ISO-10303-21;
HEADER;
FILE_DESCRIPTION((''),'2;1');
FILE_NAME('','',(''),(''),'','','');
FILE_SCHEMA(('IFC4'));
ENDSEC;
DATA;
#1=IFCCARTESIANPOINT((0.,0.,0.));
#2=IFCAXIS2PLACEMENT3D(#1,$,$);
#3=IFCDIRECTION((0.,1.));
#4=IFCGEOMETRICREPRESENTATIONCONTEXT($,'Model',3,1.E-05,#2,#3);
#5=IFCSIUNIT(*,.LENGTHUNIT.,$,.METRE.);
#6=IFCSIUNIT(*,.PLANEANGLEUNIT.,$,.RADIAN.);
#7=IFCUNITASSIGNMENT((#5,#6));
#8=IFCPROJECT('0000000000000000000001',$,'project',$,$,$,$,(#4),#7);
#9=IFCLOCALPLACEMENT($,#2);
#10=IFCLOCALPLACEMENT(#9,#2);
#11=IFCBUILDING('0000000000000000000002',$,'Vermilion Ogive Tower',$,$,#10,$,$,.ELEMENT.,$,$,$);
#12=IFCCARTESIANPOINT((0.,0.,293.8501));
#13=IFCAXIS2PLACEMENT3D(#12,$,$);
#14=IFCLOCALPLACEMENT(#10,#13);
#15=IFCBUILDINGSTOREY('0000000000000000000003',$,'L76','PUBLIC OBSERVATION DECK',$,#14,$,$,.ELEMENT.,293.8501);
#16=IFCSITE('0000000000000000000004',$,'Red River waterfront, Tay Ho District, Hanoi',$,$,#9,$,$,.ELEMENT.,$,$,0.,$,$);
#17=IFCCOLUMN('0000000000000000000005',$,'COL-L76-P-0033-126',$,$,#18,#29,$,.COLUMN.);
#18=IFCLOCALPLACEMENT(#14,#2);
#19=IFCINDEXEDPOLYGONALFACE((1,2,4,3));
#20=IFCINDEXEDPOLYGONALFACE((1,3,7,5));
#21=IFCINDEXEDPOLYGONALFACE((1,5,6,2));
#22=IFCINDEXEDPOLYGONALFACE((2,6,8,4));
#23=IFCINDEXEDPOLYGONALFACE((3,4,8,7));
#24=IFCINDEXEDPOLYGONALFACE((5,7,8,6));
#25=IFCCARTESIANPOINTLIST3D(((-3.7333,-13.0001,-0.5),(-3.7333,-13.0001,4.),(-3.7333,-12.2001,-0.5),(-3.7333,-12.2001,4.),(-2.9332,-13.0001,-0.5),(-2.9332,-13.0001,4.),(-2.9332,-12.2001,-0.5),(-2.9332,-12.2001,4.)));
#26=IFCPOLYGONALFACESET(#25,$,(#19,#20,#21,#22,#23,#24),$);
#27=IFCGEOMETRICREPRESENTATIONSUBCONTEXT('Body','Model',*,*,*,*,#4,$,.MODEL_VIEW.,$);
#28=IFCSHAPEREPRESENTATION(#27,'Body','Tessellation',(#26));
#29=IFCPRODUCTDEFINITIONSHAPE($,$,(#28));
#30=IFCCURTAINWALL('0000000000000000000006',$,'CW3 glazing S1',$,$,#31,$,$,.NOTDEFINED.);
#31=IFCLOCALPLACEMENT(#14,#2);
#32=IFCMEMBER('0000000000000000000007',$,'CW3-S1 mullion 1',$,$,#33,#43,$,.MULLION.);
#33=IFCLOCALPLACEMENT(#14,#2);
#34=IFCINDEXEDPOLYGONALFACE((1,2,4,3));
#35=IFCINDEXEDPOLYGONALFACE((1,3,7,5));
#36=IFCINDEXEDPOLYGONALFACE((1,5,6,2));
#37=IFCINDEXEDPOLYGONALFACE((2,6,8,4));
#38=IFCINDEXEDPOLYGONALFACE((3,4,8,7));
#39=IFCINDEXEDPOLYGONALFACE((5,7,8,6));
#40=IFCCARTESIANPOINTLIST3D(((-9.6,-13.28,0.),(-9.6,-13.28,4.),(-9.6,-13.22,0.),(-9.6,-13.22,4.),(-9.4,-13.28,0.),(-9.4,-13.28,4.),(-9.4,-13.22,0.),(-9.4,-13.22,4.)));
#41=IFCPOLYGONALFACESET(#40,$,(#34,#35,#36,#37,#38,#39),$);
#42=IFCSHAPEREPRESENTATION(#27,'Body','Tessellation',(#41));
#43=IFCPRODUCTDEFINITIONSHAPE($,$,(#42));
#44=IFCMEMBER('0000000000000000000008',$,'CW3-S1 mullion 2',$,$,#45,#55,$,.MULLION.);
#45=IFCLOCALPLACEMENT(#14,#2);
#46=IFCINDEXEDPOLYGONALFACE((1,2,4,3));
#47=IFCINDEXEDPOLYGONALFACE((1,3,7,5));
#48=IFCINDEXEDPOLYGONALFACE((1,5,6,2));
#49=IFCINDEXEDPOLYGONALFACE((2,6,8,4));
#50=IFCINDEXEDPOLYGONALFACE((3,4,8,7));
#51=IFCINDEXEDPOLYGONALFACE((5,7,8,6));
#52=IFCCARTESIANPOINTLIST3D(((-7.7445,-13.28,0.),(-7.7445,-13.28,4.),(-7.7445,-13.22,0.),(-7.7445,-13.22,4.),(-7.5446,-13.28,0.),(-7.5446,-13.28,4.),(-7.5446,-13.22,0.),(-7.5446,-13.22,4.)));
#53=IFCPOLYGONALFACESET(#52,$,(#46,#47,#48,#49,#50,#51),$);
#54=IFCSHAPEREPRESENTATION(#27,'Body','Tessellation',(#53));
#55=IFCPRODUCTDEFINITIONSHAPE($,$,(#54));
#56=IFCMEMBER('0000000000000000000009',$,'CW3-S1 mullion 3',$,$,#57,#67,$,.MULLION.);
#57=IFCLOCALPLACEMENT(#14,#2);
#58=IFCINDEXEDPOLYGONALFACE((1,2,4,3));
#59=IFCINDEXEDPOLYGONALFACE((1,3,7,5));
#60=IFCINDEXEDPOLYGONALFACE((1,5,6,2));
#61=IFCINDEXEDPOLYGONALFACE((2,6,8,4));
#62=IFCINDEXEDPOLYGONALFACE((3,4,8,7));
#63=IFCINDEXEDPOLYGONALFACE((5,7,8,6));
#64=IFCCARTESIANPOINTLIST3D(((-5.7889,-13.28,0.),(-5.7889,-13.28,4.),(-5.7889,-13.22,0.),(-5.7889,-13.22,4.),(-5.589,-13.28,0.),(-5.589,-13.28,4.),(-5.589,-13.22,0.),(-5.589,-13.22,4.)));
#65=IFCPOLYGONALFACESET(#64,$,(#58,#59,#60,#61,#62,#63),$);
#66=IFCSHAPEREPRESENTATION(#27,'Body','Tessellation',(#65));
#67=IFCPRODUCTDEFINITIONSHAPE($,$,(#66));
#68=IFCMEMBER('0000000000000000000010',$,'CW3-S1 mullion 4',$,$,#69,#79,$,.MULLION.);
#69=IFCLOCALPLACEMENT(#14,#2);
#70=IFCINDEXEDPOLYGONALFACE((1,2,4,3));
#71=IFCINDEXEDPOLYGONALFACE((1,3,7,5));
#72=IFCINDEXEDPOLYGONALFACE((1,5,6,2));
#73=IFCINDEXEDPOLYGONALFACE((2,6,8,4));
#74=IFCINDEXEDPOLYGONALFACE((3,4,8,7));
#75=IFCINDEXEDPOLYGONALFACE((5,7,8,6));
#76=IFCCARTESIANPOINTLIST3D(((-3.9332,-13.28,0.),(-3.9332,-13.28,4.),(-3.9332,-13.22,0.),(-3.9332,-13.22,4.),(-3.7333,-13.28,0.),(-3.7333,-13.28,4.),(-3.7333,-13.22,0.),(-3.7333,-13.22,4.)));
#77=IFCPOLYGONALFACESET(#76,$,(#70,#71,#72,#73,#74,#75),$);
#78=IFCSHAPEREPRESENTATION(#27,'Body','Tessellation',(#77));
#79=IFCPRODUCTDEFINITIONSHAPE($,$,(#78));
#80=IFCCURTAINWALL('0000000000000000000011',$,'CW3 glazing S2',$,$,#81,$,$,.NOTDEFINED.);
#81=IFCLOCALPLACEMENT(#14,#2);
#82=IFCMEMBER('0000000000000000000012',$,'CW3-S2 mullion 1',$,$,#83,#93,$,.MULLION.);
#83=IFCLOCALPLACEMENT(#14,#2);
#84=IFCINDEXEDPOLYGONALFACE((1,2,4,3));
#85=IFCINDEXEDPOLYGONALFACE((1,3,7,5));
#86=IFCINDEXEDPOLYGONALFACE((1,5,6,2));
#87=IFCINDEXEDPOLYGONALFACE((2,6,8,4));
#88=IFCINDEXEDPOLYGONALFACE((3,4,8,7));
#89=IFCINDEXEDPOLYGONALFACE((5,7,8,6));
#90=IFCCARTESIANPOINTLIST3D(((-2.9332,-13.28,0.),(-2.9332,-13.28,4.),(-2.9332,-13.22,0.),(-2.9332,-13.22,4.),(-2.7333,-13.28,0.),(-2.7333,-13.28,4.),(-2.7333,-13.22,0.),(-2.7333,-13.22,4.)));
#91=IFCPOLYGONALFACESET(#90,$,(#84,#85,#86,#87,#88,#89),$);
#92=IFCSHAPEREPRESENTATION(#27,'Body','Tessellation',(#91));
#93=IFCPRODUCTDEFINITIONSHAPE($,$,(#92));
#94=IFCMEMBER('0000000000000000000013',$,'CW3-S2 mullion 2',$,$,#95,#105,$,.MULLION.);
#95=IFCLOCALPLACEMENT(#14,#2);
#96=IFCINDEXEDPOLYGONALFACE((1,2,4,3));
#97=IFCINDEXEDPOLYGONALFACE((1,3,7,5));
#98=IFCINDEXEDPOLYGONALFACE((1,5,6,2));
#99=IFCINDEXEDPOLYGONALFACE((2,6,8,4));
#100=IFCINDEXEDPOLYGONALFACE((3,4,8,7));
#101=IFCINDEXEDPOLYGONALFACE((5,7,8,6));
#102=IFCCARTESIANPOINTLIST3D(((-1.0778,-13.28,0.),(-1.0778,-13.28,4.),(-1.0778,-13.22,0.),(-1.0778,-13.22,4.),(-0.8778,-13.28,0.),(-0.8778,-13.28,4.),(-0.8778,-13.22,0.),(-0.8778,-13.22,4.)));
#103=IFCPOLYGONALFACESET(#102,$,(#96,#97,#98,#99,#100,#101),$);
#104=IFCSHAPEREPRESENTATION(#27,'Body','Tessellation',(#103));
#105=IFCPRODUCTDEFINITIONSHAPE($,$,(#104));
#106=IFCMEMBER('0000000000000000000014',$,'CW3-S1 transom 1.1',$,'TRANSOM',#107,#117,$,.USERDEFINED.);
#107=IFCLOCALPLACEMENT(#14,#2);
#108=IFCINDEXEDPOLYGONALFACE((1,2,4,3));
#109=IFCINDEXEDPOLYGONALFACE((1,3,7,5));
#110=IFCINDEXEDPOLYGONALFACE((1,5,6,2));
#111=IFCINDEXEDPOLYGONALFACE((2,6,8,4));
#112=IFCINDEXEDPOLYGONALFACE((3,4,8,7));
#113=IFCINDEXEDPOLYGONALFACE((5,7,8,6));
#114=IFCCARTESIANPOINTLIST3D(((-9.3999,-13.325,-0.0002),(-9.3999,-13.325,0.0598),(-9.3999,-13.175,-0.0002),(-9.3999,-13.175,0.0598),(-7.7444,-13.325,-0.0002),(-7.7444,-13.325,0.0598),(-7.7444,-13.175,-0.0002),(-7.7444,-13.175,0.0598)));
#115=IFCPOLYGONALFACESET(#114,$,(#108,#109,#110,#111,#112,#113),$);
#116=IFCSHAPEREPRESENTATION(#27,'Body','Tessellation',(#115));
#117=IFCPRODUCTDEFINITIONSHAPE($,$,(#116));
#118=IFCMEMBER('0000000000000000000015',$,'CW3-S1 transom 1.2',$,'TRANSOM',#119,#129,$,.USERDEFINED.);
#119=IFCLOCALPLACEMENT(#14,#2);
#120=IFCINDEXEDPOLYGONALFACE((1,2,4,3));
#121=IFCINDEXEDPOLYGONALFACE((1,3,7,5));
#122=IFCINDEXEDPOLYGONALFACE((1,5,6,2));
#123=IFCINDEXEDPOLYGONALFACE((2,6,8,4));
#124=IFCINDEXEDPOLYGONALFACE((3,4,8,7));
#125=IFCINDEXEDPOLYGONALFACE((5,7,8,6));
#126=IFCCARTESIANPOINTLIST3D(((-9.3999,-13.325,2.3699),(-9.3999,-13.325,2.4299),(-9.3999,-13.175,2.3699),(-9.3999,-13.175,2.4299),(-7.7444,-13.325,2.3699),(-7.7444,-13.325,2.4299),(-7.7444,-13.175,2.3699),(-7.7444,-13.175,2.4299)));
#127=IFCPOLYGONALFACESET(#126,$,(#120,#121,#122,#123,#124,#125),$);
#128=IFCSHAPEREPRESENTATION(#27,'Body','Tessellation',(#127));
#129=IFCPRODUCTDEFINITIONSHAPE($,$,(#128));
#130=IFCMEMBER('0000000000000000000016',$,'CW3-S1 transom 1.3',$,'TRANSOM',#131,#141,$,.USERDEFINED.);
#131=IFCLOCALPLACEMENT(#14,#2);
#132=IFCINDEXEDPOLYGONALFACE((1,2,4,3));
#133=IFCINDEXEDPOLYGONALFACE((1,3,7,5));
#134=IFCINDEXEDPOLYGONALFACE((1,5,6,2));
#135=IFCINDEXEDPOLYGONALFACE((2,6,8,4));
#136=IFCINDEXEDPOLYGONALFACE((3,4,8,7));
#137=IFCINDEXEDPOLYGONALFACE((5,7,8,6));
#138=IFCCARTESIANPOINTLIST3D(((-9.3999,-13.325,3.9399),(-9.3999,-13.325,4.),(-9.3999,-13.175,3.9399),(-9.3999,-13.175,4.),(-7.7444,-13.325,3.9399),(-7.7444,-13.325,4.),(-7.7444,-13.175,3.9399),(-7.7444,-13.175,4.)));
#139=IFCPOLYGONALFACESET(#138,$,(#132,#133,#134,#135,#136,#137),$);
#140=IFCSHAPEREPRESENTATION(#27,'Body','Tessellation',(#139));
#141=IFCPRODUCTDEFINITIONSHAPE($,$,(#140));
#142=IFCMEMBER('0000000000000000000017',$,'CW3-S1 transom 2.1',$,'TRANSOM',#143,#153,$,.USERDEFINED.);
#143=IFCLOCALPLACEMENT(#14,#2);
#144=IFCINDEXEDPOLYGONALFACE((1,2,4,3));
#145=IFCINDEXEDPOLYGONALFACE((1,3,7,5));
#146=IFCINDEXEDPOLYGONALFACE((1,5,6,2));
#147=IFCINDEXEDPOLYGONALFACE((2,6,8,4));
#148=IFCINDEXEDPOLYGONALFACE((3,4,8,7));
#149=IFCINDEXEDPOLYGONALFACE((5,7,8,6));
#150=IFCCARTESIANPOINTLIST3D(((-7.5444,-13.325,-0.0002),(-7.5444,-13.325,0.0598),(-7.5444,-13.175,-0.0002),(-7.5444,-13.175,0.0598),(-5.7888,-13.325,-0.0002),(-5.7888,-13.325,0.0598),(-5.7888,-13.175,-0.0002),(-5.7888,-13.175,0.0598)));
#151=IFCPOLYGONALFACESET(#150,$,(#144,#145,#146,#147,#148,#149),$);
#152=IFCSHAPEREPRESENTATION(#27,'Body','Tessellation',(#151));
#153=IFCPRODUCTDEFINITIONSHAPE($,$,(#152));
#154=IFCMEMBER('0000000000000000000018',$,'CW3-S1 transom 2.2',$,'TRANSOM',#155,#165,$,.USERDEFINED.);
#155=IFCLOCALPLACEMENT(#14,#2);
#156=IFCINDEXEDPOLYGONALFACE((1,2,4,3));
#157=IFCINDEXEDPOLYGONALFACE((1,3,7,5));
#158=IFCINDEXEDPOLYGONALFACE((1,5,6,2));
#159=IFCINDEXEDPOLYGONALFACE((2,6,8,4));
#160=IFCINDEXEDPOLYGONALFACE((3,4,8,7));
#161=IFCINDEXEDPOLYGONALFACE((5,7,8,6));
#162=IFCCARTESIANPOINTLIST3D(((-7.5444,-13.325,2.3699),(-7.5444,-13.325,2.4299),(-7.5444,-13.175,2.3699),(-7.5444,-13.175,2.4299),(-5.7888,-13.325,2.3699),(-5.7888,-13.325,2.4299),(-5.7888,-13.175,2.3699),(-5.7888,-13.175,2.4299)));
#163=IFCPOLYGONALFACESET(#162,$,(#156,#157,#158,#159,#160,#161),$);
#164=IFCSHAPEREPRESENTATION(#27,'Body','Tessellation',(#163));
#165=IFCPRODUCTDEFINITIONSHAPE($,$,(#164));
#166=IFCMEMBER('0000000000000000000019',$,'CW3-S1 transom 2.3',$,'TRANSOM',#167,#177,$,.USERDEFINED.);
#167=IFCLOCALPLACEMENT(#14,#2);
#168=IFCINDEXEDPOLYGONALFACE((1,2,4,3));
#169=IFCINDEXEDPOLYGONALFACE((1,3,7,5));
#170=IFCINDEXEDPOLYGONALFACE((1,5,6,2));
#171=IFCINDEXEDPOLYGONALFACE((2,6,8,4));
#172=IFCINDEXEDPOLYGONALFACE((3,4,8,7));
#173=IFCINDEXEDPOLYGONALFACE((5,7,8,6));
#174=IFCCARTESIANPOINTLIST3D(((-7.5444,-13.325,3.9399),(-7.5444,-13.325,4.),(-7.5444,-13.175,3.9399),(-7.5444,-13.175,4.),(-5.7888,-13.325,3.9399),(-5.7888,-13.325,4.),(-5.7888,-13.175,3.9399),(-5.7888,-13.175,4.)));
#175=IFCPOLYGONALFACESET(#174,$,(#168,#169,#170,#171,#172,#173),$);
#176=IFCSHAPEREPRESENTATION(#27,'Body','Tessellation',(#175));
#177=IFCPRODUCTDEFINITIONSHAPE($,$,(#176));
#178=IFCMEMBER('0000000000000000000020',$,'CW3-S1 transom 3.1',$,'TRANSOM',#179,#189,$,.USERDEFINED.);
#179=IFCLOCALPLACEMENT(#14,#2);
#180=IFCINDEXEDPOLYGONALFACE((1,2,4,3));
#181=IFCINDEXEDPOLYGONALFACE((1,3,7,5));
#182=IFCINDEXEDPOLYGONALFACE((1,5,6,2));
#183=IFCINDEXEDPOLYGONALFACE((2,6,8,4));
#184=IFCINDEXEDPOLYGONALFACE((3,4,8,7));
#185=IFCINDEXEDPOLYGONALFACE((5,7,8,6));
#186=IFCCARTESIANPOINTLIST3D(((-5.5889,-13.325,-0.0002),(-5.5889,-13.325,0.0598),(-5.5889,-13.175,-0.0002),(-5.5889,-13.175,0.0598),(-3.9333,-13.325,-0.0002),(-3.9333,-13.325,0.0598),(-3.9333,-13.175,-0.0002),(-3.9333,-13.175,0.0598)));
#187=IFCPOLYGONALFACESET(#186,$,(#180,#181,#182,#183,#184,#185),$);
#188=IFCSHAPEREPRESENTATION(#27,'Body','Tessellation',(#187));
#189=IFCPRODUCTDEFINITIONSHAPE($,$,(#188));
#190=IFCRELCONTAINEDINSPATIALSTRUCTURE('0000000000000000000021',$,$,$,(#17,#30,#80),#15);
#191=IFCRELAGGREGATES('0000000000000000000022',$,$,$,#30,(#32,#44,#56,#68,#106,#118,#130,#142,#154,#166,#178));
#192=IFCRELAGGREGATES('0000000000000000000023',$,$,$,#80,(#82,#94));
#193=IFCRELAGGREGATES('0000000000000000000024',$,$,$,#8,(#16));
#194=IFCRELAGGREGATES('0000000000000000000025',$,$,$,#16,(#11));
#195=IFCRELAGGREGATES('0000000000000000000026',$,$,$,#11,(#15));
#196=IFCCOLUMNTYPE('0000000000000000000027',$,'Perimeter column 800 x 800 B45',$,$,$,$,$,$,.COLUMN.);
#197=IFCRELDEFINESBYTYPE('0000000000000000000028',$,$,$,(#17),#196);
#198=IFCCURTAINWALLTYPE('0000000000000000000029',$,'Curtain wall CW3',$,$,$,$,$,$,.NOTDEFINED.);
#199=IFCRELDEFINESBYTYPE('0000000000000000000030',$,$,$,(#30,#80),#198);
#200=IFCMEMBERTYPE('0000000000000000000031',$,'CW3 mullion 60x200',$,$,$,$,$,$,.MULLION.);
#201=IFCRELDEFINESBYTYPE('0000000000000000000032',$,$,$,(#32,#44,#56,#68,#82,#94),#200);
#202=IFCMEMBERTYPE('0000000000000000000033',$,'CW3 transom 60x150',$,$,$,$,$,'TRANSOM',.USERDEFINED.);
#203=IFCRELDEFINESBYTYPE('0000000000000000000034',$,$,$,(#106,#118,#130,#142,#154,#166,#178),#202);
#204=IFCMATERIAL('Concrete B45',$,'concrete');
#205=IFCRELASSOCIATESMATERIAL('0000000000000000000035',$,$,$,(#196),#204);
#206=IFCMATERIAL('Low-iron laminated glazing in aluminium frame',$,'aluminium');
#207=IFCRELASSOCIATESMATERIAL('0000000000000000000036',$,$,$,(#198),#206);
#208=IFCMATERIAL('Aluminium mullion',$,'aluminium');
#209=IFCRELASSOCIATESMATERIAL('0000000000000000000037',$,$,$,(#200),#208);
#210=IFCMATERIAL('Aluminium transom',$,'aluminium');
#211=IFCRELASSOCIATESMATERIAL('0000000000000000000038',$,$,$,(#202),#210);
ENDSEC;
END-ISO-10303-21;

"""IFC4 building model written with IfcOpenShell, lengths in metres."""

from ifc_helpers import new_model, si_unit, direction, frame, origin, origin_2d, place, context, subcontext, project, spatial, rectangle, extrude, material, material_profile, profile_set, type_object, element, aggregate, save


model = new_model("IFC4")

# Units and contexts
model_context = context("Model", 3, precision=1e-05, world=origin(), true_north=direction((0.0, 1.0)))
body_context = subcontext(model_context, "Body", "Model", "MODEL_VIEW")
ifc_project = project(units=[si_unit("LENGTHUNIT", "METRE"), si_unit("PLANEANGLEUNIT", "RADIAN")], contexts=[model_context])

# Site, building, storey
site_placement = place(None, origin())
site = spatial("IfcSite", under=ifc_project, at=site_placement, Name="Red River waterfront, Tay Ho District, Hanoi", CompositionType="ELEMENT", RefElevation=0.0)
building_placement = place(site_placement, origin())
building = spatial("IfcBuilding", under=site, at=building_placement, Name="Vermilion Ogive Tower", CompositionType="ELEMENT")
storey_placement = place(building_placement, frame((0.0, 0.0, 293.8501)))
storey = spatial("IfcBuildingStorey", under=building, at=storey_placement, Name="L76", Description="PUBLIC OBSERVATION DECK", CompositionType="ELEMENT", Elevation=293.8501)

# Column
ifc_material_1 = material(Name="Concrete B45", Category="concrete")
ifc_material_profile_1 = material_profile(ifc_material_1, rectangle(XDim=0.8, YDim=0.8, at=origin_2d()), Name="800 x 800")
ifc_profile_set_1 = profile_set([ifc_material_profile_1], Name="Concrete B45")
column_type = type_object("IfcColumnType", Name="Perimeter column 800 x 800 B45", PredefinedType="COLUMN", material=ifc_profile_set_1)
column_placement = place(storey_placement, frame((-3.3333, -12.6001, -0.5), z_axis=(0.0, 0.0, 1.0), x_axis=(1.0, 0.0, 0.0)))
element("IfcColumn", 1, at=column_placement, inside=storey, type_object=column_type, Name="COL-L76-P-0033-126", PredefinedType="COLUMN", context=body_context, shape_type="SweptSolid", body=[
    extrude(rectangle(XDim=0.8, YDim=0.8, at=origin_2d()), origin(), (0.0, 0.0, 1.0), 4.5),
])

# Curtain walls, members
ifc_material_2 = material(Name="Low-iron laminated glazing in aluminium frame", Category="aluminium")
curtain_wall_type = type_object("IfcCurtainWallType", Name="Curtain wall CW3", PredefinedType="NOTDEFINED", material=ifc_material_2)
curtain_wall_1_placement = place(storey_placement, origin())
curtain_wall_1 = element("IfcCurtainWall", 2, at=curtain_wall_1_placement, inside=storey, type_object=curtain_wall_type, Name="CW3 glazing S1", PredefinedType="NOTDEFINED")
ifc_material_3 = material(Name="Aluminium mullion", Category="aluminium")
ifc_material_profile_2 = material_profile(ifc_material_3, rectangle(XDim=0.0601, YDim=0.2, at=origin_2d()), Name="AL 60x200")
ifc_profile_set_2 = profile_set([ifc_material_profile_2], Name="Aluminium mullion")
member_type_1 = type_object("IfcMemberType", Name="CW3 mullion 60x200", PredefinedType="MULLION", material=ifc_profile_set_2)
member_1_placement = place(storey_placement, frame((-9.5, -13.25, 0.0), z_axis=(0.0, 0.0, 1.0), x_axis=(0.0, 1.0, 0.0)))
member_1 = element("IfcMember", 3, at=member_1_placement, type_object=member_type_1, Name="CW3-S1 mullion 1", PredefinedType="MULLION", context=body_context, shape_type="SweptSolid", body=[
    extrude(rectangle(XDim=0.0601, YDim=0.2, at=origin_2d()), origin(), (0.0, 0.0, 1.0), 4.0),
])
member_2_placement = place(storey_placement, frame((-7.6445, -13.25, 0.0), z_axis=(0.0, 0.0, 1.0), x_axis=(0.0, 1.0, 0.0)))
member_2 = element("IfcMember", 4, at=member_2_placement, type_object=member_type_1, Name="CW3-S1 mullion 2", PredefinedType="MULLION", context=body_context, shape_type="SweptSolid", body=[
    extrude(rectangle(XDim=0.0601, YDim=0.2, at=origin_2d()), origin(), (0.0, 0.0, 1.0), 4.0),
])
member_3_placement = place(storey_placement, frame((-5.689, -13.25, 0.0), z_axis=(0.0, 0.0, 1.0), x_axis=(0.0, 1.0, 0.0)))
member_3 = element("IfcMember", 5, at=member_3_placement, type_object=member_type_1, Name="CW3-S1 mullion 3", PredefinedType="MULLION", context=body_context, shape_type="SweptSolid", body=[
    extrude(rectangle(XDim=0.0601, YDim=0.2, at=origin_2d()), origin(), (0.0, 0.0, 1.0), 4.0),
])
member_4_placement = place(storey_placement, frame((-3.8333, -13.25, 0.0), z_axis=(0.0, 0.0, 1.0), x_axis=(0.0, 1.0, 0.0)))
member_4 = element("IfcMember", 6, at=member_4_placement, type_object=member_type_1, Name="CW3-S1 mullion 4", PredefinedType="MULLION", context=body_context, shape_type="SweptSolid", body=[
    extrude(rectangle(XDim=0.0601, YDim=0.2, at=origin_2d()), origin(), (0.0, 0.0, 1.0), 4.0),
])
curtain_wall_2_placement = place(storey_placement, origin())
curtain_wall_2 = element("IfcCurtainWall", 7, at=curtain_wall_2_placement, inside=storey, type_object=curtain_wall_type, Name="CW3 glazing S2", PredefinedType="NOTDEFINED")
member_5_placement = place(storey_placement, frame((-2.8333, -13.25, 0.0), z_axis=(0.0, 0.0, 1.0), x_axis=(0.0, 1.0, 0.0)))
member_5 = element("IfcMember", 8, at=member_5_placement, type_object=member_type_1, Name="CW3-S2 mullion 1", PredefinedType="MULLION", context=body_context, shape_type="SweptSolid", body=[
    extrude(rectangle(XDim=0.0601, YDim=0.2, at=origin_2d()), origin(), (0.0, 0.0, 1.0), 4.0),
])
member_6_placement = place(storey_placement, frame((-0.9778, -13.25, 0.0), z_axis=(0.0, 0.0, 1.0), x_axis=(0.0, 1.0, 0.0)))
member_6 = element("IfcMember", 9, at=member_6_placement, type_object=member_type_1, Name="CW3-S2 mullion 2", PredefinedType="MULLION", context=body_context, shape_type="SweptSolid", body=[
    extrude(rectangle(XDim=0.0601, YDim=0.2, at=origin_2d()), origin(), (0.0, 0.0, 1.0), 4.0),
])

# Members
ifc_material_4 = material(Name="Aluminium transom", Category="aluminium")
ifc_material_profile_3 = material_profile(ifc_material_4, rectangle(XDim=0.1499, YDim=0.0601, at=origin_2d()), Name="AL 60x150")
ifc_profile_set_3 = profile_set([ifc_material_profile_3], Name="Aluminium transom")
member_type_2 = type_object("IfcMemberType", Name="CW3 transom 60x150", ElementType="TRANSOM", PredefinedType="USERDEFINED", material=ifc_profile_set_3)
member_7_placement = place(storey_placement, frame((-9.3999, -13.25, 0.0298), z_axis=(1.0, 0.0, 0.0), x_axis=(0.0, 1.0, 0.0)))
member_7 = element("IfcMember", 10, at=member_7_placement, type_object=member_type_2, Name="CW3-S1 transom 1.1", ObjectType="TRANSOM", PredefinedType="USERDEFINED", context=body_context, shape_type="SweptSolid", body=[
    extrude(rectangle(XDim=0.1499, YDim=0.0601, at=origin_2d()), origin(), (0.0, 0.0, 1.0), 1.6555),
])
member_8_placement = place(storey_placement, frame((-9.3999, -13.25, 2.3999), z_axis=(1.0, 0.0, 0.0), x_axis=(0.0, 1.0, 0.0)))
member_8 = element("IfcMember", 11, at=member_8_placement, type_object=member_type_2, Name="CW3-S1 transom 1.2", ObjectType="TRANSOM", PredefinedType="USERDEFINED", context=body_context, shape_type="SweptSolid", body=[
    extrude(rectangle(XDim=0.1499, YDim=0.0601, at=origin_2d()), origin(), (0.0, 0.0, 1.0), 1.6555),
])
member_9_placement = place(storey_placement, frame((-9.3999, -13.25, 3.97), z_axis=(1.0, 0.0, 0.0), x_axis=(0.0, 1.0, 0.0)))
member_9 = element("IfcMember", 12, at=member_9_placement, type_object=member_type_2, Name="CW3-S1 transom 1.3", ObjectType="TRANSOM", PredefinedType="USERDEFINED", context=body_context, shape_type="SweptSolid", body=[
    extrude(rectangle(XDim=0.1499, YDim=0.0601, at=origin_2d()), origin(), (0.0, 0.0, 1.0), 1.6555),
])
member_10_placement = place(storey_placement, frame((-7.5444, -13.25, 0.0298), z_axis=(1.0, 0.0, 0.0), x_axis=(0.0, 1.0, 0.0)))
member_10 = element("IfcMember", 13, at=member_10_placement, type_object=member_type_2, Name="CW3-S1 transom 2.1", ObjectType="TRANSOM", PredefinedType="USERDEFINED", context=body_context, shape_type="SweptSolid", body=[
    extrude(rectangle(XDim=0.1499, YDim=0.0601, at=origin_2d()), origin(), (0.0, 0.0, 1.0), 1.7556),
])
member_11_placement = place(storey_placement, frame((-7.5444, -13.25, 2.3999), z_axis=(1.0, 0.0, 0.0), x_axis=(0.0, 1.0, 0.0)))
member_11 = element("IfcMember", 14, at=member_11_placement, type_object=member_type_2, Name="CW3-S1 transom 2.2", ObjectType="TRANSOM", PredefinedType="USERDEFINED", context=body_context, shape_type="SweptSolid", body=[
    extrude(rectangle(XDim=0.1499, YDim=0.0601, at=origin_2d()), origin(), (0.0, 0.0, 1.0), 1.7556),
])
member_12_placement = place(storey_placement, frame((-7.5444, -13.25, 3.97), z_axis=(1.0, 0.0, 0.0), x_axis=(0.0, 1.0, 0.0)))
member_12 = element("IfcMember", 15, at=member_12_placement, type_object=member_type_2, Name="CW3-S1 transom 2.3", ObjectType="TRANSOM", PredefinedType="USERDEFINED", context=body_context, shape_type="SweptSolid", body=[
    extrude(rectangle(XDim=0.1499, YDim=0.0601, at=origin_2d()), origin(), (0.0, 0.0, 1.0), 1.7556),
])
member_13_placement = place(storey_placement, frame((-5.5889, -13.25, 0.0298), z_axis=(1.0, 0.0, 0.0), x_axis=(0.0, 1.0, 0.0)))
member_13 = element("IfcMember", 16, at=member_13_placement, type_object=member_type_2, Name="CW3-S1 transom 3.1", ObjectType="TRANSOM", PredefinedType="USERDEFINED", context=body_context, shape_type="SweptSolid", body=[
    extrude(rectangle(XDim=0.1499, YDim=0.0601, at=origin_2d()), origin(), (0.0, 0.0, 1.0), 1.6555),
])

aggregate(curtain_wall_1, [member_1, member_2, member_3, member_4, member_7, member_8, member_9, member_10, member_11, member_12, member_13])
aggregate(curtain_wall_2, [member_5, member_6])

save(model, "model.ifc")
